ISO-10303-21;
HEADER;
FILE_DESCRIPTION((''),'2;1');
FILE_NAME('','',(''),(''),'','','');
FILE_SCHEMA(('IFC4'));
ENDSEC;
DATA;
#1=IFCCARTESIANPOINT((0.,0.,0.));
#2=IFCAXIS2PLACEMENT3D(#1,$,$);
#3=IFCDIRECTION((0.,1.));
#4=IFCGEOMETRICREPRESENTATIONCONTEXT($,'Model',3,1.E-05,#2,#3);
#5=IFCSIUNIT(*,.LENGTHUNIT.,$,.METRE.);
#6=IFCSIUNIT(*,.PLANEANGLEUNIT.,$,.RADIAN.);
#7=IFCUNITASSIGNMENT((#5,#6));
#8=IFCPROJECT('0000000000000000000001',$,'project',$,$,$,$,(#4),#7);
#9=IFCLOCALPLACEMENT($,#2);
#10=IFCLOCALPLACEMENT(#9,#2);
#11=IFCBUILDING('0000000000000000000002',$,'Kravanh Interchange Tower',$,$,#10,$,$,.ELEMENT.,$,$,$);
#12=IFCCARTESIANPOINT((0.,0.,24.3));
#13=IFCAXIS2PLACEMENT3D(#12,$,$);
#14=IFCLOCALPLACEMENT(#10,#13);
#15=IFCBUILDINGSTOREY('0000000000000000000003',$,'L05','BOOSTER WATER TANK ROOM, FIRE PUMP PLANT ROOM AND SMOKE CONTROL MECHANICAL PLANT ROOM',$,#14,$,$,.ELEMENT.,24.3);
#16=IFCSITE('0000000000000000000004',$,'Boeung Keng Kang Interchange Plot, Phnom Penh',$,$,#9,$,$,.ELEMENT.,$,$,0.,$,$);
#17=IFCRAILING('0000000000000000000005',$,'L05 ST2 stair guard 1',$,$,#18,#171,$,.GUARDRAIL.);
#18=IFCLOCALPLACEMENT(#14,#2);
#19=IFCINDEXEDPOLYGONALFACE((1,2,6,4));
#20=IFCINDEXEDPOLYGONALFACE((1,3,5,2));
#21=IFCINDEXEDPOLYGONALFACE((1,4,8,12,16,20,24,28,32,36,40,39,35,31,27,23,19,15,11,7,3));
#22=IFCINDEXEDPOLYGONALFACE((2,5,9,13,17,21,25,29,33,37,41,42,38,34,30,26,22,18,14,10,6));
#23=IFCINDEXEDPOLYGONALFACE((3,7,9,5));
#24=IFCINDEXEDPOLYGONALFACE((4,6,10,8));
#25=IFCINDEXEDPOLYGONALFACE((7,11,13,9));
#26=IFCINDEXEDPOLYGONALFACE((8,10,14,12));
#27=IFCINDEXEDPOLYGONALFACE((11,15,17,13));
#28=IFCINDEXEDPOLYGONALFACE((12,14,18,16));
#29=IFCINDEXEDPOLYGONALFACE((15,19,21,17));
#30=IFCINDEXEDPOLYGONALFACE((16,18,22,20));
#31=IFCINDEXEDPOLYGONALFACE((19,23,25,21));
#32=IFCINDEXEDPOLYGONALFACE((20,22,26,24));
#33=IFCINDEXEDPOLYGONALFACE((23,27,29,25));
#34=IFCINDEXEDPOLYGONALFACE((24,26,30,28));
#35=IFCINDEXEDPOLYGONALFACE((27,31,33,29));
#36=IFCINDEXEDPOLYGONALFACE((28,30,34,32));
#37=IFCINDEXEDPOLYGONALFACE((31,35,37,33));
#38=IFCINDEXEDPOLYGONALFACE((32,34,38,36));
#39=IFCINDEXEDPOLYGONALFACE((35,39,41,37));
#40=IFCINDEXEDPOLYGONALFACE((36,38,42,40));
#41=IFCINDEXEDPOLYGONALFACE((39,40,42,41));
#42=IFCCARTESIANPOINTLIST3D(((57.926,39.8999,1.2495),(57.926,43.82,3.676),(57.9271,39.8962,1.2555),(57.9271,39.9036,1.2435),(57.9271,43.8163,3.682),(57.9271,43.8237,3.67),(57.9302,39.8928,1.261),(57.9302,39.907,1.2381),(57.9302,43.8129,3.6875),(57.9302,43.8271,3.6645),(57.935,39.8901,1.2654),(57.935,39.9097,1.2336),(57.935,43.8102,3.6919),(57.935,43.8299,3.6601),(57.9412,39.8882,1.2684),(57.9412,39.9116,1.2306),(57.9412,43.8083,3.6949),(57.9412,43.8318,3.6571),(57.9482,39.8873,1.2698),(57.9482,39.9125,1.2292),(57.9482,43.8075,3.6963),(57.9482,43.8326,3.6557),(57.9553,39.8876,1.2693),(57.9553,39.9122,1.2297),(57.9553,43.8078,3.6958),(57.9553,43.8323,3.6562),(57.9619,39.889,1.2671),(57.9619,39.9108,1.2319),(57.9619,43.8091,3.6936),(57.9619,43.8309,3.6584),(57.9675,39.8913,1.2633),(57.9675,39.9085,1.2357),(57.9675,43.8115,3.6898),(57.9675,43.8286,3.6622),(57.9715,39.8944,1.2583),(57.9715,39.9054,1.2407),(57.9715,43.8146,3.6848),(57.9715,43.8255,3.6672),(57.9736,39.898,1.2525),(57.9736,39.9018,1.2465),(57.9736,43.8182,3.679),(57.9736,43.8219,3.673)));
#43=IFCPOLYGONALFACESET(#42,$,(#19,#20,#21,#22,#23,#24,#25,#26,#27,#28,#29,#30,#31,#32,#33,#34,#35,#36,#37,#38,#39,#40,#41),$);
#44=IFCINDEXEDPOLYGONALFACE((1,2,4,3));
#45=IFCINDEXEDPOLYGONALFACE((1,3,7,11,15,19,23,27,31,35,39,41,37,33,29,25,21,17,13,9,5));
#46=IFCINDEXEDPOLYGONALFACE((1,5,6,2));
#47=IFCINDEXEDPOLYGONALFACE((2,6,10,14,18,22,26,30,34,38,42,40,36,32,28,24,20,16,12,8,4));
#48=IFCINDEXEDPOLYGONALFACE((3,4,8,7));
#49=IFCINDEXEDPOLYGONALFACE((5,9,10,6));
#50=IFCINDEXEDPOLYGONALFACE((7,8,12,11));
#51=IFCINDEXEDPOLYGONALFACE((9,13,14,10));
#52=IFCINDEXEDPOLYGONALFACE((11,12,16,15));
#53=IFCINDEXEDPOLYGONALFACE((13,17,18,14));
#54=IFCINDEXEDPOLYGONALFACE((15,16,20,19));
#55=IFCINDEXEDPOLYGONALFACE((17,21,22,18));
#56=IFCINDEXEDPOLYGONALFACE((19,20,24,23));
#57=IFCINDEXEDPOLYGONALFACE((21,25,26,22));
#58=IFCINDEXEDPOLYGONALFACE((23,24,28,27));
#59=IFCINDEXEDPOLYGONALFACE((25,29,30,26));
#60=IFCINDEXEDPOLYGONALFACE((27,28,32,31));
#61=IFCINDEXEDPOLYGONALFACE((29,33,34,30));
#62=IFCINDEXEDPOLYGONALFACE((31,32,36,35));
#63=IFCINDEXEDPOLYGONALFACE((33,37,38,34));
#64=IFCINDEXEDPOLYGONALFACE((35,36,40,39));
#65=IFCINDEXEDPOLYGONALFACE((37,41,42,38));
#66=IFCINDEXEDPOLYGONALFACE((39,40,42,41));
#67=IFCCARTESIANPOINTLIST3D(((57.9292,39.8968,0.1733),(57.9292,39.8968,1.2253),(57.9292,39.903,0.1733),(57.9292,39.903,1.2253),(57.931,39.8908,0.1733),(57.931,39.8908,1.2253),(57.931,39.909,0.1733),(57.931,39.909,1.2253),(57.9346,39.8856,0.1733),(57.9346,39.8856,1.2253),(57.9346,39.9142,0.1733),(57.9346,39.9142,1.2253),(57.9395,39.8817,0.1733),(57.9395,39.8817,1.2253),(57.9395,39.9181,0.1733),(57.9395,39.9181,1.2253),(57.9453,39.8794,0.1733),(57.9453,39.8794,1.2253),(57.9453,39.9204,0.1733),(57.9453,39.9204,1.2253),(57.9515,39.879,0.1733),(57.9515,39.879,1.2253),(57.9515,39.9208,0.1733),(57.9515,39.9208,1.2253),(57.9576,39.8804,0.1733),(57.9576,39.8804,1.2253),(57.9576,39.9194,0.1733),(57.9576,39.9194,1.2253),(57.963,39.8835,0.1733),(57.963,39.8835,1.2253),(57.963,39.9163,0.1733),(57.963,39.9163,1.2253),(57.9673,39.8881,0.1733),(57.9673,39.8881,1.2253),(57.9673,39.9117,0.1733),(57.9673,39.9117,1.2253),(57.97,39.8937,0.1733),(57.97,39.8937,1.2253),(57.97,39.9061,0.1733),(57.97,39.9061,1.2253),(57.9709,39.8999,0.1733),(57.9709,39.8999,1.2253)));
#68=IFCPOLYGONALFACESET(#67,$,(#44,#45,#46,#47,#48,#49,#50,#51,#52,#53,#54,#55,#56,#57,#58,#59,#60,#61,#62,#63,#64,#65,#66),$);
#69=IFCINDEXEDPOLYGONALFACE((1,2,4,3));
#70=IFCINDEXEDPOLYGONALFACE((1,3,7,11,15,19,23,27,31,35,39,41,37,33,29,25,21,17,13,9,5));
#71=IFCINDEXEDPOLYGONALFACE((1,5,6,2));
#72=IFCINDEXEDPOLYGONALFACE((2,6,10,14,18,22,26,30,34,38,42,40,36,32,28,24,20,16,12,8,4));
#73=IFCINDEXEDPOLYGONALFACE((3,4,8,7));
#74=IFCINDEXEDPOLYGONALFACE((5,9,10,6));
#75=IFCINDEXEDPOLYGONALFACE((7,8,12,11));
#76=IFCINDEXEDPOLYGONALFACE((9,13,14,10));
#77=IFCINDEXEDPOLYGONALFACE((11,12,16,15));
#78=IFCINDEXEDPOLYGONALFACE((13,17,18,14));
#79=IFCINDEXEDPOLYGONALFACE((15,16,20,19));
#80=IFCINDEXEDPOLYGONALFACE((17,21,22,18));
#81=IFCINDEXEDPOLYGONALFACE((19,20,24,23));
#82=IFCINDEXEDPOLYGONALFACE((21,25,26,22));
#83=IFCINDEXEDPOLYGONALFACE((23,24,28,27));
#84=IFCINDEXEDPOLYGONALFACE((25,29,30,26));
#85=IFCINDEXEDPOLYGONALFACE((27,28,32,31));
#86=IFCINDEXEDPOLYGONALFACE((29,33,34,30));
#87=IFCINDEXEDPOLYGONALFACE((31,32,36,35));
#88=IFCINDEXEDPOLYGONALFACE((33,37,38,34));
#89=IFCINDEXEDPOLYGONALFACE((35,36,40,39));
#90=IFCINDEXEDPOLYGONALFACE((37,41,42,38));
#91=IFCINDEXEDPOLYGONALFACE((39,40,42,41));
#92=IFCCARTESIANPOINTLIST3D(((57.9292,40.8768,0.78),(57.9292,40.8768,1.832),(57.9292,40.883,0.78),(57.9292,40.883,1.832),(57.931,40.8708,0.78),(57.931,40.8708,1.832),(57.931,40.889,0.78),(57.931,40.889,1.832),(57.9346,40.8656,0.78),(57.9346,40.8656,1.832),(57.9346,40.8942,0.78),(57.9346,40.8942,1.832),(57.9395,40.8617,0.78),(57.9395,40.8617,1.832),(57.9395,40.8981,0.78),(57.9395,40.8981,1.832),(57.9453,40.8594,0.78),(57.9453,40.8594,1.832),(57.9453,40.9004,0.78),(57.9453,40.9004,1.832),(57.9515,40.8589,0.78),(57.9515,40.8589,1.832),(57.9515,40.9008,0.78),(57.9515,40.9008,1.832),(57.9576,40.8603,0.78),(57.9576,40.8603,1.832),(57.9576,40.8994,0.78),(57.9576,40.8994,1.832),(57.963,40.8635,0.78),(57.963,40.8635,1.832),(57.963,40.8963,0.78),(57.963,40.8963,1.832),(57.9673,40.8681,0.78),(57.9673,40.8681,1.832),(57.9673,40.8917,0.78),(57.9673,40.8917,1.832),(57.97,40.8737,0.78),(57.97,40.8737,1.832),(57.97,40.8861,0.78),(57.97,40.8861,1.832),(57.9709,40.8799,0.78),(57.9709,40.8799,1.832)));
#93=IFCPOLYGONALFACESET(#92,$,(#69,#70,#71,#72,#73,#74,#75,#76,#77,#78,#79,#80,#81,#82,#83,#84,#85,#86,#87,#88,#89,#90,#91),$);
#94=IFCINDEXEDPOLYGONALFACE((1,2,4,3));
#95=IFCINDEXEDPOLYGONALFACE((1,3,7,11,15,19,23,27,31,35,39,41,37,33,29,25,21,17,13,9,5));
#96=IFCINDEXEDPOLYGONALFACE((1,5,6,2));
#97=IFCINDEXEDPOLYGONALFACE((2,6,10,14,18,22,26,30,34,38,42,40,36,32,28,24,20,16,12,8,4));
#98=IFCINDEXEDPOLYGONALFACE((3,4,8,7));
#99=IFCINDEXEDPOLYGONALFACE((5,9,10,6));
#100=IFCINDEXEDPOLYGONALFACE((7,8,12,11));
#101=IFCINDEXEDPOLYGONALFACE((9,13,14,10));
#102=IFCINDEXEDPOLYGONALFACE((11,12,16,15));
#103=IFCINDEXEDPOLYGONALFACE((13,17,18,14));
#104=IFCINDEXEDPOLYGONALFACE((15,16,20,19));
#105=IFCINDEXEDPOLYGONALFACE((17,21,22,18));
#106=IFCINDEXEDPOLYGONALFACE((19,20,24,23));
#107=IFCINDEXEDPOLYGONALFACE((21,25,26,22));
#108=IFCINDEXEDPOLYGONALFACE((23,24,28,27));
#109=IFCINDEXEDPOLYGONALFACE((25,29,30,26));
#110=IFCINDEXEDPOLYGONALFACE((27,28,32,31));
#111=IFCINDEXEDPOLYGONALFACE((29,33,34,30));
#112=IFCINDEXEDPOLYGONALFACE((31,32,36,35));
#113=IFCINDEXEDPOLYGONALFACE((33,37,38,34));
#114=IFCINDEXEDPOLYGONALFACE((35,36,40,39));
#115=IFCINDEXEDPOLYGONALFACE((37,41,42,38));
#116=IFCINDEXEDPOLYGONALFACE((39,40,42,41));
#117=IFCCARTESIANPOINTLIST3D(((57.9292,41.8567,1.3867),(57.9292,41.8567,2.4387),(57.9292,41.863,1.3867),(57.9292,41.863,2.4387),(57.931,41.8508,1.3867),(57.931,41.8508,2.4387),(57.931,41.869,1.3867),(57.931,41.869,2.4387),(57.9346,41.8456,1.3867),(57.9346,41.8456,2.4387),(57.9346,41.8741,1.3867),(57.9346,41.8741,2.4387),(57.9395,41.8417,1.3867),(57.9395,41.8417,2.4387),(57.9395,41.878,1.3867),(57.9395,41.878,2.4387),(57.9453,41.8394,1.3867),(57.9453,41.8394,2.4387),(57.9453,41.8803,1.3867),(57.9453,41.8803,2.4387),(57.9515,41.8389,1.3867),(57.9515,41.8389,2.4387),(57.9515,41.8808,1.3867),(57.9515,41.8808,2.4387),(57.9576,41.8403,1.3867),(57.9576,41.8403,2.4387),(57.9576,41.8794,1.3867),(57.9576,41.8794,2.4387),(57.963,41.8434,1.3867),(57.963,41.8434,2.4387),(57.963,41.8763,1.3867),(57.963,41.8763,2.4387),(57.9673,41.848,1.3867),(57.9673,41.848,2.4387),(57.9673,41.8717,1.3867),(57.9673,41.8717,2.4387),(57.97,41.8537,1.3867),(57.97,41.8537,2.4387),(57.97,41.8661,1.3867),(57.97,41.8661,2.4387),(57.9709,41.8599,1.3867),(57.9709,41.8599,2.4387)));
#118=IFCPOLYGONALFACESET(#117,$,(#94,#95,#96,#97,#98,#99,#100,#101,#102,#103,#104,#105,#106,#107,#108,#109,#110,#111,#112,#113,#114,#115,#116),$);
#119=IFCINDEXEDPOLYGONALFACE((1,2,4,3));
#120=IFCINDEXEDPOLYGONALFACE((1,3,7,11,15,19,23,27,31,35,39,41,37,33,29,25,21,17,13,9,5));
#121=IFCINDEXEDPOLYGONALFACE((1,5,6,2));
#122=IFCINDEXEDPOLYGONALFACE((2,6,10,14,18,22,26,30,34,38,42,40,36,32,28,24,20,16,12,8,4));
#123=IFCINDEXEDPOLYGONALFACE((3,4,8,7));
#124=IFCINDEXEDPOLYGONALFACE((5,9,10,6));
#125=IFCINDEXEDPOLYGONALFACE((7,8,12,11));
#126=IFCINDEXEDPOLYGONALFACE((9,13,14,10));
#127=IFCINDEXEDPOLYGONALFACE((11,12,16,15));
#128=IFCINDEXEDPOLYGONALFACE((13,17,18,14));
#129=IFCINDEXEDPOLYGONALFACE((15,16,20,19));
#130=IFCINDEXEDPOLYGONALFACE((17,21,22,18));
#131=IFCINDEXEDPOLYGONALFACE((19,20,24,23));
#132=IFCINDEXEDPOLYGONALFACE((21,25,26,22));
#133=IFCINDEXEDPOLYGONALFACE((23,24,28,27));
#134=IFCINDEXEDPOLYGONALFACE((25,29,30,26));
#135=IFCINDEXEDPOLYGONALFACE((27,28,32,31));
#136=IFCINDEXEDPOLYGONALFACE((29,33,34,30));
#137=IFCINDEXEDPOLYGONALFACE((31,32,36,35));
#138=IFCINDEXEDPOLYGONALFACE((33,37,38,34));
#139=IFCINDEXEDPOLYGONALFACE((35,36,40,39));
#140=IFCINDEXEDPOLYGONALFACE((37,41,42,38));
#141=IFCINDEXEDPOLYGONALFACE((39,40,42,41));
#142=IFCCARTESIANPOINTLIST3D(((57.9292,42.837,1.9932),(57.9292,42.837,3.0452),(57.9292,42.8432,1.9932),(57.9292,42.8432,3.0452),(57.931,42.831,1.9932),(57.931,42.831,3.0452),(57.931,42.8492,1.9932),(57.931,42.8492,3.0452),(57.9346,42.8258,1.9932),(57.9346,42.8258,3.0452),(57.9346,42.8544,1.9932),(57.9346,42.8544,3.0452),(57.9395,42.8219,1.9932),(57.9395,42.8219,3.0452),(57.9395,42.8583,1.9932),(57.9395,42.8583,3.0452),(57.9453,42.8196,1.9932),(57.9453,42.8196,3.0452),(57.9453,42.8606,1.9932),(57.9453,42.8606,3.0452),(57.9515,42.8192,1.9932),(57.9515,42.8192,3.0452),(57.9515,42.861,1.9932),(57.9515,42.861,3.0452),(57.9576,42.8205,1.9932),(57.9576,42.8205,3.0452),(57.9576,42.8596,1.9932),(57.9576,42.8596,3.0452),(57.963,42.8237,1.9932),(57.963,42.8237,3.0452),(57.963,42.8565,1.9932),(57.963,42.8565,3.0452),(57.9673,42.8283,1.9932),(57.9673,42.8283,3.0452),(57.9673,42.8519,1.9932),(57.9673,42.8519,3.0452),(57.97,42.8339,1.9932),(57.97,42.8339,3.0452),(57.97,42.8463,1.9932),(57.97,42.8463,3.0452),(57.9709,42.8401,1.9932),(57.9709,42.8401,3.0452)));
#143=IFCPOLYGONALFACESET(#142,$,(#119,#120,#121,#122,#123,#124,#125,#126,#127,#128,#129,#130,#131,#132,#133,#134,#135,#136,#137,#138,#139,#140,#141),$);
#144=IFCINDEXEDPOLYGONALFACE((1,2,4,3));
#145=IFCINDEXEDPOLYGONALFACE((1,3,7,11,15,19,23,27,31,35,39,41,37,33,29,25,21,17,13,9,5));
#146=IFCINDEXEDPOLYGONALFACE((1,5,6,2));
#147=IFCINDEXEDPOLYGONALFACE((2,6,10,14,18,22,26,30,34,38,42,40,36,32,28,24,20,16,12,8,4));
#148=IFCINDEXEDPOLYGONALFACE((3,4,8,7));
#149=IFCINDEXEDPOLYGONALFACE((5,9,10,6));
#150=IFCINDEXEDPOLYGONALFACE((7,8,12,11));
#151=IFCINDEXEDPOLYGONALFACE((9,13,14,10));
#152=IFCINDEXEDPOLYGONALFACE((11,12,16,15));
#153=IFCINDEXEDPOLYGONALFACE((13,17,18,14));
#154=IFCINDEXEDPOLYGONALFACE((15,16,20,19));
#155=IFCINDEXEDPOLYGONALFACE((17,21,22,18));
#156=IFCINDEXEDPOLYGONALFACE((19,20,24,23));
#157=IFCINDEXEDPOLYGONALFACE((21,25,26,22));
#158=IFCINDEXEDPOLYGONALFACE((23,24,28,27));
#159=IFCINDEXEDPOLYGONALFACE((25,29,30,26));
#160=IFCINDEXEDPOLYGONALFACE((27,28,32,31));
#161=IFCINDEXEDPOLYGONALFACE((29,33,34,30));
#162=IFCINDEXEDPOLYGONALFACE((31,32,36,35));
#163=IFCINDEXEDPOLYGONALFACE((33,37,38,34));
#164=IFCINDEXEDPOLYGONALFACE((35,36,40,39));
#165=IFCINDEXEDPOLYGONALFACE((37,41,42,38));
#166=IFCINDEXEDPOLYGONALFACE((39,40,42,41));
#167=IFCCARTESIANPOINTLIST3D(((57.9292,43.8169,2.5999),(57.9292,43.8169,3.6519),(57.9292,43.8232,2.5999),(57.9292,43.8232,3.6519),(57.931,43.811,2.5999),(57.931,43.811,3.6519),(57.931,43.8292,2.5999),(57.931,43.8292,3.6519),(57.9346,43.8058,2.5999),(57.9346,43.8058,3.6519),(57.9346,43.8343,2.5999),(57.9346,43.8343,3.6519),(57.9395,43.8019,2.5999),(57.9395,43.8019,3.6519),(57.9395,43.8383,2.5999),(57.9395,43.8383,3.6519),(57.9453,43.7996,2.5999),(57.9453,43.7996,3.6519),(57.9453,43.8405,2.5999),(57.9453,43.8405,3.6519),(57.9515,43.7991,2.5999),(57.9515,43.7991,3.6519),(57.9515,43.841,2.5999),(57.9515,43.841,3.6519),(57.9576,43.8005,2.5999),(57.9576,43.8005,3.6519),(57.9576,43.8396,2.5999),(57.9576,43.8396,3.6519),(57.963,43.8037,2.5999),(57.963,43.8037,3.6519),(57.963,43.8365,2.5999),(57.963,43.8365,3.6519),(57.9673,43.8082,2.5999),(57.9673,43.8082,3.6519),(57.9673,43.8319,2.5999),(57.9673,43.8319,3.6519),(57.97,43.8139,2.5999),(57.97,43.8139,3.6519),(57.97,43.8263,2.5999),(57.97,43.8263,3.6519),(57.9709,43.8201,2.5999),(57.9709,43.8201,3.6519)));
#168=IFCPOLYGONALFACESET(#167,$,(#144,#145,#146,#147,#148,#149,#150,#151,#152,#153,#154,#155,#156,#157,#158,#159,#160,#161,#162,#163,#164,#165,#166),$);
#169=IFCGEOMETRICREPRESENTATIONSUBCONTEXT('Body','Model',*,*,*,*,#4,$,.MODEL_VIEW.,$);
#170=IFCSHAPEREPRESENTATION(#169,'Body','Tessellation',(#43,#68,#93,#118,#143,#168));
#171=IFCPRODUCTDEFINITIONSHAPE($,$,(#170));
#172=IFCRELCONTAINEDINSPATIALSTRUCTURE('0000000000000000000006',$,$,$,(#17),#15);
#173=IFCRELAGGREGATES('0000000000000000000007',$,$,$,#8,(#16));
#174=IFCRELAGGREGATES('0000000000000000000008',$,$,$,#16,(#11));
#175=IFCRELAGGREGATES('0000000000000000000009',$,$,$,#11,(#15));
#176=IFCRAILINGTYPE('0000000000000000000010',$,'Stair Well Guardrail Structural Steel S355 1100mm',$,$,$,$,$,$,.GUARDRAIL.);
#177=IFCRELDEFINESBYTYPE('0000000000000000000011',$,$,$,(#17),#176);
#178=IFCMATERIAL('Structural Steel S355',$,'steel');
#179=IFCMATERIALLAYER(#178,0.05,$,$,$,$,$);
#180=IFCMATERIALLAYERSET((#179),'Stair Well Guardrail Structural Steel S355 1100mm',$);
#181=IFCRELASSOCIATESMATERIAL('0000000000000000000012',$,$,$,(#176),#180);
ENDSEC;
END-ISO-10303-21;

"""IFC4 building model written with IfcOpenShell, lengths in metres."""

from ifc_helpers import new_model, si_unit, direction, frame, origin, origin_2d, place, context, subcontext, project, spatial, circle, extrude, material, layer, layer_set, type_object, element, save


model = new_model("IFC4")

# Units and contexts
model_context = context("Model", 3, precision=1e-05, world=origin(), true_north=direction((0.0, 1.0)))
body_context = subcontext(model_context, "Body", "Model", "MODEL_VIEW")
ifc_project = project(units=[si_unit("LENGTHUNIT", "METRE"), si_unit("PLANEANGLEUNIT", "RADIAN")], contexts=[model_context])

# Site, building, storey
site_placement = place(None, origin())
site = spatial("IfcSite", under=ifc_project, at=site_placement, Name="Boeung Keng Kang Interchange Plot, Phnom Penh", CompositionType="ELEMENT", RefElevation=0.0)
building_placement = place(site_placement, origin())
building = spatial("IfcBuilding", under=site, at=building_placement, Name="Kravanh Interchange Tower", CompositionType="ELEMENT")
storey_placement = place(building_placement, frame((0.0, 0.0, 24.3)))
storey = spatial("IfcBuildingStorey", under=building, at=storey_placement, Name="L05", Description="BOOSTER WATER TANK ROOM, FIRE PUMP PLANT ROOM AND SMOKE CONTROL MECHANICAL PLANT ROOM", CompositionType="ELEMENT", Elevation=24.3)

# Railing
ifc_material_1 = material(Name="Structural Steel S355", Category="steel")
ifc_layer_1 = layer(ifc_material_1, 0.05)
ifc_layer_set_1 = layer_set([ifc_layer_1], Name="Stair Well Guardrail Structural Steel S355 1100mm")
railing_type_1 = type_object("IfcRailingType", Name="Stair Well Guardrail Structural Steel S355 1100mm", PredefinedType="GUARDRAIL", material=ifc_layer_set_1)
railing_1_placement = place(storey_placement, frame((57.95, 39.8999, 0.1733)))
element("IfcRailing", 1, at=railing_1_placement, inside=storey, type_object=railing_type_1, Name="L05 ST2 stair guard 1", PredefinedType="GUARDRAIL", context=body_context, shape_type="SweptSolid", body=[
    extrude(circle(Radius=0.0239, at=origin_2d()), frame((0.0, 0.0, 1.0762), z_axis=(0.0, 0.85029, 0.526315), x_axis=(-1.0, 0.0, 0.0)), (0.0, 0.0, 1.0), 4.6104),
    extrude(circle(Radius=0.021, at=origin_2d()), origin(), (0.0, 0.0, 1.0), 1.052),
    extrude(circle(Radius=0.021, at=origin_2d()), frame((0.0, 0.98, 0.6067)), (0.0, 0.0, 1.0), 1.052),
    extrude(circle(Radius=0.021, at=origin_2d()), frame((0.0, 1.96, 1.2134)), (0.0, 0.0, 1.0), 1.052),
    extrude(circle(Radius=0.021, at=origin_2d()), frame((0.0, 2.9402, 1.8198)), (0.0, 0.0, 1.0), 1.052),
    extrude(circle(Radius=0.021, at=origin_2d()), frame((0.0, 3.9202, 2.4265)), (0.0, 0.0, 1.0), 1.052),
])

save(model, "model.ifc")
